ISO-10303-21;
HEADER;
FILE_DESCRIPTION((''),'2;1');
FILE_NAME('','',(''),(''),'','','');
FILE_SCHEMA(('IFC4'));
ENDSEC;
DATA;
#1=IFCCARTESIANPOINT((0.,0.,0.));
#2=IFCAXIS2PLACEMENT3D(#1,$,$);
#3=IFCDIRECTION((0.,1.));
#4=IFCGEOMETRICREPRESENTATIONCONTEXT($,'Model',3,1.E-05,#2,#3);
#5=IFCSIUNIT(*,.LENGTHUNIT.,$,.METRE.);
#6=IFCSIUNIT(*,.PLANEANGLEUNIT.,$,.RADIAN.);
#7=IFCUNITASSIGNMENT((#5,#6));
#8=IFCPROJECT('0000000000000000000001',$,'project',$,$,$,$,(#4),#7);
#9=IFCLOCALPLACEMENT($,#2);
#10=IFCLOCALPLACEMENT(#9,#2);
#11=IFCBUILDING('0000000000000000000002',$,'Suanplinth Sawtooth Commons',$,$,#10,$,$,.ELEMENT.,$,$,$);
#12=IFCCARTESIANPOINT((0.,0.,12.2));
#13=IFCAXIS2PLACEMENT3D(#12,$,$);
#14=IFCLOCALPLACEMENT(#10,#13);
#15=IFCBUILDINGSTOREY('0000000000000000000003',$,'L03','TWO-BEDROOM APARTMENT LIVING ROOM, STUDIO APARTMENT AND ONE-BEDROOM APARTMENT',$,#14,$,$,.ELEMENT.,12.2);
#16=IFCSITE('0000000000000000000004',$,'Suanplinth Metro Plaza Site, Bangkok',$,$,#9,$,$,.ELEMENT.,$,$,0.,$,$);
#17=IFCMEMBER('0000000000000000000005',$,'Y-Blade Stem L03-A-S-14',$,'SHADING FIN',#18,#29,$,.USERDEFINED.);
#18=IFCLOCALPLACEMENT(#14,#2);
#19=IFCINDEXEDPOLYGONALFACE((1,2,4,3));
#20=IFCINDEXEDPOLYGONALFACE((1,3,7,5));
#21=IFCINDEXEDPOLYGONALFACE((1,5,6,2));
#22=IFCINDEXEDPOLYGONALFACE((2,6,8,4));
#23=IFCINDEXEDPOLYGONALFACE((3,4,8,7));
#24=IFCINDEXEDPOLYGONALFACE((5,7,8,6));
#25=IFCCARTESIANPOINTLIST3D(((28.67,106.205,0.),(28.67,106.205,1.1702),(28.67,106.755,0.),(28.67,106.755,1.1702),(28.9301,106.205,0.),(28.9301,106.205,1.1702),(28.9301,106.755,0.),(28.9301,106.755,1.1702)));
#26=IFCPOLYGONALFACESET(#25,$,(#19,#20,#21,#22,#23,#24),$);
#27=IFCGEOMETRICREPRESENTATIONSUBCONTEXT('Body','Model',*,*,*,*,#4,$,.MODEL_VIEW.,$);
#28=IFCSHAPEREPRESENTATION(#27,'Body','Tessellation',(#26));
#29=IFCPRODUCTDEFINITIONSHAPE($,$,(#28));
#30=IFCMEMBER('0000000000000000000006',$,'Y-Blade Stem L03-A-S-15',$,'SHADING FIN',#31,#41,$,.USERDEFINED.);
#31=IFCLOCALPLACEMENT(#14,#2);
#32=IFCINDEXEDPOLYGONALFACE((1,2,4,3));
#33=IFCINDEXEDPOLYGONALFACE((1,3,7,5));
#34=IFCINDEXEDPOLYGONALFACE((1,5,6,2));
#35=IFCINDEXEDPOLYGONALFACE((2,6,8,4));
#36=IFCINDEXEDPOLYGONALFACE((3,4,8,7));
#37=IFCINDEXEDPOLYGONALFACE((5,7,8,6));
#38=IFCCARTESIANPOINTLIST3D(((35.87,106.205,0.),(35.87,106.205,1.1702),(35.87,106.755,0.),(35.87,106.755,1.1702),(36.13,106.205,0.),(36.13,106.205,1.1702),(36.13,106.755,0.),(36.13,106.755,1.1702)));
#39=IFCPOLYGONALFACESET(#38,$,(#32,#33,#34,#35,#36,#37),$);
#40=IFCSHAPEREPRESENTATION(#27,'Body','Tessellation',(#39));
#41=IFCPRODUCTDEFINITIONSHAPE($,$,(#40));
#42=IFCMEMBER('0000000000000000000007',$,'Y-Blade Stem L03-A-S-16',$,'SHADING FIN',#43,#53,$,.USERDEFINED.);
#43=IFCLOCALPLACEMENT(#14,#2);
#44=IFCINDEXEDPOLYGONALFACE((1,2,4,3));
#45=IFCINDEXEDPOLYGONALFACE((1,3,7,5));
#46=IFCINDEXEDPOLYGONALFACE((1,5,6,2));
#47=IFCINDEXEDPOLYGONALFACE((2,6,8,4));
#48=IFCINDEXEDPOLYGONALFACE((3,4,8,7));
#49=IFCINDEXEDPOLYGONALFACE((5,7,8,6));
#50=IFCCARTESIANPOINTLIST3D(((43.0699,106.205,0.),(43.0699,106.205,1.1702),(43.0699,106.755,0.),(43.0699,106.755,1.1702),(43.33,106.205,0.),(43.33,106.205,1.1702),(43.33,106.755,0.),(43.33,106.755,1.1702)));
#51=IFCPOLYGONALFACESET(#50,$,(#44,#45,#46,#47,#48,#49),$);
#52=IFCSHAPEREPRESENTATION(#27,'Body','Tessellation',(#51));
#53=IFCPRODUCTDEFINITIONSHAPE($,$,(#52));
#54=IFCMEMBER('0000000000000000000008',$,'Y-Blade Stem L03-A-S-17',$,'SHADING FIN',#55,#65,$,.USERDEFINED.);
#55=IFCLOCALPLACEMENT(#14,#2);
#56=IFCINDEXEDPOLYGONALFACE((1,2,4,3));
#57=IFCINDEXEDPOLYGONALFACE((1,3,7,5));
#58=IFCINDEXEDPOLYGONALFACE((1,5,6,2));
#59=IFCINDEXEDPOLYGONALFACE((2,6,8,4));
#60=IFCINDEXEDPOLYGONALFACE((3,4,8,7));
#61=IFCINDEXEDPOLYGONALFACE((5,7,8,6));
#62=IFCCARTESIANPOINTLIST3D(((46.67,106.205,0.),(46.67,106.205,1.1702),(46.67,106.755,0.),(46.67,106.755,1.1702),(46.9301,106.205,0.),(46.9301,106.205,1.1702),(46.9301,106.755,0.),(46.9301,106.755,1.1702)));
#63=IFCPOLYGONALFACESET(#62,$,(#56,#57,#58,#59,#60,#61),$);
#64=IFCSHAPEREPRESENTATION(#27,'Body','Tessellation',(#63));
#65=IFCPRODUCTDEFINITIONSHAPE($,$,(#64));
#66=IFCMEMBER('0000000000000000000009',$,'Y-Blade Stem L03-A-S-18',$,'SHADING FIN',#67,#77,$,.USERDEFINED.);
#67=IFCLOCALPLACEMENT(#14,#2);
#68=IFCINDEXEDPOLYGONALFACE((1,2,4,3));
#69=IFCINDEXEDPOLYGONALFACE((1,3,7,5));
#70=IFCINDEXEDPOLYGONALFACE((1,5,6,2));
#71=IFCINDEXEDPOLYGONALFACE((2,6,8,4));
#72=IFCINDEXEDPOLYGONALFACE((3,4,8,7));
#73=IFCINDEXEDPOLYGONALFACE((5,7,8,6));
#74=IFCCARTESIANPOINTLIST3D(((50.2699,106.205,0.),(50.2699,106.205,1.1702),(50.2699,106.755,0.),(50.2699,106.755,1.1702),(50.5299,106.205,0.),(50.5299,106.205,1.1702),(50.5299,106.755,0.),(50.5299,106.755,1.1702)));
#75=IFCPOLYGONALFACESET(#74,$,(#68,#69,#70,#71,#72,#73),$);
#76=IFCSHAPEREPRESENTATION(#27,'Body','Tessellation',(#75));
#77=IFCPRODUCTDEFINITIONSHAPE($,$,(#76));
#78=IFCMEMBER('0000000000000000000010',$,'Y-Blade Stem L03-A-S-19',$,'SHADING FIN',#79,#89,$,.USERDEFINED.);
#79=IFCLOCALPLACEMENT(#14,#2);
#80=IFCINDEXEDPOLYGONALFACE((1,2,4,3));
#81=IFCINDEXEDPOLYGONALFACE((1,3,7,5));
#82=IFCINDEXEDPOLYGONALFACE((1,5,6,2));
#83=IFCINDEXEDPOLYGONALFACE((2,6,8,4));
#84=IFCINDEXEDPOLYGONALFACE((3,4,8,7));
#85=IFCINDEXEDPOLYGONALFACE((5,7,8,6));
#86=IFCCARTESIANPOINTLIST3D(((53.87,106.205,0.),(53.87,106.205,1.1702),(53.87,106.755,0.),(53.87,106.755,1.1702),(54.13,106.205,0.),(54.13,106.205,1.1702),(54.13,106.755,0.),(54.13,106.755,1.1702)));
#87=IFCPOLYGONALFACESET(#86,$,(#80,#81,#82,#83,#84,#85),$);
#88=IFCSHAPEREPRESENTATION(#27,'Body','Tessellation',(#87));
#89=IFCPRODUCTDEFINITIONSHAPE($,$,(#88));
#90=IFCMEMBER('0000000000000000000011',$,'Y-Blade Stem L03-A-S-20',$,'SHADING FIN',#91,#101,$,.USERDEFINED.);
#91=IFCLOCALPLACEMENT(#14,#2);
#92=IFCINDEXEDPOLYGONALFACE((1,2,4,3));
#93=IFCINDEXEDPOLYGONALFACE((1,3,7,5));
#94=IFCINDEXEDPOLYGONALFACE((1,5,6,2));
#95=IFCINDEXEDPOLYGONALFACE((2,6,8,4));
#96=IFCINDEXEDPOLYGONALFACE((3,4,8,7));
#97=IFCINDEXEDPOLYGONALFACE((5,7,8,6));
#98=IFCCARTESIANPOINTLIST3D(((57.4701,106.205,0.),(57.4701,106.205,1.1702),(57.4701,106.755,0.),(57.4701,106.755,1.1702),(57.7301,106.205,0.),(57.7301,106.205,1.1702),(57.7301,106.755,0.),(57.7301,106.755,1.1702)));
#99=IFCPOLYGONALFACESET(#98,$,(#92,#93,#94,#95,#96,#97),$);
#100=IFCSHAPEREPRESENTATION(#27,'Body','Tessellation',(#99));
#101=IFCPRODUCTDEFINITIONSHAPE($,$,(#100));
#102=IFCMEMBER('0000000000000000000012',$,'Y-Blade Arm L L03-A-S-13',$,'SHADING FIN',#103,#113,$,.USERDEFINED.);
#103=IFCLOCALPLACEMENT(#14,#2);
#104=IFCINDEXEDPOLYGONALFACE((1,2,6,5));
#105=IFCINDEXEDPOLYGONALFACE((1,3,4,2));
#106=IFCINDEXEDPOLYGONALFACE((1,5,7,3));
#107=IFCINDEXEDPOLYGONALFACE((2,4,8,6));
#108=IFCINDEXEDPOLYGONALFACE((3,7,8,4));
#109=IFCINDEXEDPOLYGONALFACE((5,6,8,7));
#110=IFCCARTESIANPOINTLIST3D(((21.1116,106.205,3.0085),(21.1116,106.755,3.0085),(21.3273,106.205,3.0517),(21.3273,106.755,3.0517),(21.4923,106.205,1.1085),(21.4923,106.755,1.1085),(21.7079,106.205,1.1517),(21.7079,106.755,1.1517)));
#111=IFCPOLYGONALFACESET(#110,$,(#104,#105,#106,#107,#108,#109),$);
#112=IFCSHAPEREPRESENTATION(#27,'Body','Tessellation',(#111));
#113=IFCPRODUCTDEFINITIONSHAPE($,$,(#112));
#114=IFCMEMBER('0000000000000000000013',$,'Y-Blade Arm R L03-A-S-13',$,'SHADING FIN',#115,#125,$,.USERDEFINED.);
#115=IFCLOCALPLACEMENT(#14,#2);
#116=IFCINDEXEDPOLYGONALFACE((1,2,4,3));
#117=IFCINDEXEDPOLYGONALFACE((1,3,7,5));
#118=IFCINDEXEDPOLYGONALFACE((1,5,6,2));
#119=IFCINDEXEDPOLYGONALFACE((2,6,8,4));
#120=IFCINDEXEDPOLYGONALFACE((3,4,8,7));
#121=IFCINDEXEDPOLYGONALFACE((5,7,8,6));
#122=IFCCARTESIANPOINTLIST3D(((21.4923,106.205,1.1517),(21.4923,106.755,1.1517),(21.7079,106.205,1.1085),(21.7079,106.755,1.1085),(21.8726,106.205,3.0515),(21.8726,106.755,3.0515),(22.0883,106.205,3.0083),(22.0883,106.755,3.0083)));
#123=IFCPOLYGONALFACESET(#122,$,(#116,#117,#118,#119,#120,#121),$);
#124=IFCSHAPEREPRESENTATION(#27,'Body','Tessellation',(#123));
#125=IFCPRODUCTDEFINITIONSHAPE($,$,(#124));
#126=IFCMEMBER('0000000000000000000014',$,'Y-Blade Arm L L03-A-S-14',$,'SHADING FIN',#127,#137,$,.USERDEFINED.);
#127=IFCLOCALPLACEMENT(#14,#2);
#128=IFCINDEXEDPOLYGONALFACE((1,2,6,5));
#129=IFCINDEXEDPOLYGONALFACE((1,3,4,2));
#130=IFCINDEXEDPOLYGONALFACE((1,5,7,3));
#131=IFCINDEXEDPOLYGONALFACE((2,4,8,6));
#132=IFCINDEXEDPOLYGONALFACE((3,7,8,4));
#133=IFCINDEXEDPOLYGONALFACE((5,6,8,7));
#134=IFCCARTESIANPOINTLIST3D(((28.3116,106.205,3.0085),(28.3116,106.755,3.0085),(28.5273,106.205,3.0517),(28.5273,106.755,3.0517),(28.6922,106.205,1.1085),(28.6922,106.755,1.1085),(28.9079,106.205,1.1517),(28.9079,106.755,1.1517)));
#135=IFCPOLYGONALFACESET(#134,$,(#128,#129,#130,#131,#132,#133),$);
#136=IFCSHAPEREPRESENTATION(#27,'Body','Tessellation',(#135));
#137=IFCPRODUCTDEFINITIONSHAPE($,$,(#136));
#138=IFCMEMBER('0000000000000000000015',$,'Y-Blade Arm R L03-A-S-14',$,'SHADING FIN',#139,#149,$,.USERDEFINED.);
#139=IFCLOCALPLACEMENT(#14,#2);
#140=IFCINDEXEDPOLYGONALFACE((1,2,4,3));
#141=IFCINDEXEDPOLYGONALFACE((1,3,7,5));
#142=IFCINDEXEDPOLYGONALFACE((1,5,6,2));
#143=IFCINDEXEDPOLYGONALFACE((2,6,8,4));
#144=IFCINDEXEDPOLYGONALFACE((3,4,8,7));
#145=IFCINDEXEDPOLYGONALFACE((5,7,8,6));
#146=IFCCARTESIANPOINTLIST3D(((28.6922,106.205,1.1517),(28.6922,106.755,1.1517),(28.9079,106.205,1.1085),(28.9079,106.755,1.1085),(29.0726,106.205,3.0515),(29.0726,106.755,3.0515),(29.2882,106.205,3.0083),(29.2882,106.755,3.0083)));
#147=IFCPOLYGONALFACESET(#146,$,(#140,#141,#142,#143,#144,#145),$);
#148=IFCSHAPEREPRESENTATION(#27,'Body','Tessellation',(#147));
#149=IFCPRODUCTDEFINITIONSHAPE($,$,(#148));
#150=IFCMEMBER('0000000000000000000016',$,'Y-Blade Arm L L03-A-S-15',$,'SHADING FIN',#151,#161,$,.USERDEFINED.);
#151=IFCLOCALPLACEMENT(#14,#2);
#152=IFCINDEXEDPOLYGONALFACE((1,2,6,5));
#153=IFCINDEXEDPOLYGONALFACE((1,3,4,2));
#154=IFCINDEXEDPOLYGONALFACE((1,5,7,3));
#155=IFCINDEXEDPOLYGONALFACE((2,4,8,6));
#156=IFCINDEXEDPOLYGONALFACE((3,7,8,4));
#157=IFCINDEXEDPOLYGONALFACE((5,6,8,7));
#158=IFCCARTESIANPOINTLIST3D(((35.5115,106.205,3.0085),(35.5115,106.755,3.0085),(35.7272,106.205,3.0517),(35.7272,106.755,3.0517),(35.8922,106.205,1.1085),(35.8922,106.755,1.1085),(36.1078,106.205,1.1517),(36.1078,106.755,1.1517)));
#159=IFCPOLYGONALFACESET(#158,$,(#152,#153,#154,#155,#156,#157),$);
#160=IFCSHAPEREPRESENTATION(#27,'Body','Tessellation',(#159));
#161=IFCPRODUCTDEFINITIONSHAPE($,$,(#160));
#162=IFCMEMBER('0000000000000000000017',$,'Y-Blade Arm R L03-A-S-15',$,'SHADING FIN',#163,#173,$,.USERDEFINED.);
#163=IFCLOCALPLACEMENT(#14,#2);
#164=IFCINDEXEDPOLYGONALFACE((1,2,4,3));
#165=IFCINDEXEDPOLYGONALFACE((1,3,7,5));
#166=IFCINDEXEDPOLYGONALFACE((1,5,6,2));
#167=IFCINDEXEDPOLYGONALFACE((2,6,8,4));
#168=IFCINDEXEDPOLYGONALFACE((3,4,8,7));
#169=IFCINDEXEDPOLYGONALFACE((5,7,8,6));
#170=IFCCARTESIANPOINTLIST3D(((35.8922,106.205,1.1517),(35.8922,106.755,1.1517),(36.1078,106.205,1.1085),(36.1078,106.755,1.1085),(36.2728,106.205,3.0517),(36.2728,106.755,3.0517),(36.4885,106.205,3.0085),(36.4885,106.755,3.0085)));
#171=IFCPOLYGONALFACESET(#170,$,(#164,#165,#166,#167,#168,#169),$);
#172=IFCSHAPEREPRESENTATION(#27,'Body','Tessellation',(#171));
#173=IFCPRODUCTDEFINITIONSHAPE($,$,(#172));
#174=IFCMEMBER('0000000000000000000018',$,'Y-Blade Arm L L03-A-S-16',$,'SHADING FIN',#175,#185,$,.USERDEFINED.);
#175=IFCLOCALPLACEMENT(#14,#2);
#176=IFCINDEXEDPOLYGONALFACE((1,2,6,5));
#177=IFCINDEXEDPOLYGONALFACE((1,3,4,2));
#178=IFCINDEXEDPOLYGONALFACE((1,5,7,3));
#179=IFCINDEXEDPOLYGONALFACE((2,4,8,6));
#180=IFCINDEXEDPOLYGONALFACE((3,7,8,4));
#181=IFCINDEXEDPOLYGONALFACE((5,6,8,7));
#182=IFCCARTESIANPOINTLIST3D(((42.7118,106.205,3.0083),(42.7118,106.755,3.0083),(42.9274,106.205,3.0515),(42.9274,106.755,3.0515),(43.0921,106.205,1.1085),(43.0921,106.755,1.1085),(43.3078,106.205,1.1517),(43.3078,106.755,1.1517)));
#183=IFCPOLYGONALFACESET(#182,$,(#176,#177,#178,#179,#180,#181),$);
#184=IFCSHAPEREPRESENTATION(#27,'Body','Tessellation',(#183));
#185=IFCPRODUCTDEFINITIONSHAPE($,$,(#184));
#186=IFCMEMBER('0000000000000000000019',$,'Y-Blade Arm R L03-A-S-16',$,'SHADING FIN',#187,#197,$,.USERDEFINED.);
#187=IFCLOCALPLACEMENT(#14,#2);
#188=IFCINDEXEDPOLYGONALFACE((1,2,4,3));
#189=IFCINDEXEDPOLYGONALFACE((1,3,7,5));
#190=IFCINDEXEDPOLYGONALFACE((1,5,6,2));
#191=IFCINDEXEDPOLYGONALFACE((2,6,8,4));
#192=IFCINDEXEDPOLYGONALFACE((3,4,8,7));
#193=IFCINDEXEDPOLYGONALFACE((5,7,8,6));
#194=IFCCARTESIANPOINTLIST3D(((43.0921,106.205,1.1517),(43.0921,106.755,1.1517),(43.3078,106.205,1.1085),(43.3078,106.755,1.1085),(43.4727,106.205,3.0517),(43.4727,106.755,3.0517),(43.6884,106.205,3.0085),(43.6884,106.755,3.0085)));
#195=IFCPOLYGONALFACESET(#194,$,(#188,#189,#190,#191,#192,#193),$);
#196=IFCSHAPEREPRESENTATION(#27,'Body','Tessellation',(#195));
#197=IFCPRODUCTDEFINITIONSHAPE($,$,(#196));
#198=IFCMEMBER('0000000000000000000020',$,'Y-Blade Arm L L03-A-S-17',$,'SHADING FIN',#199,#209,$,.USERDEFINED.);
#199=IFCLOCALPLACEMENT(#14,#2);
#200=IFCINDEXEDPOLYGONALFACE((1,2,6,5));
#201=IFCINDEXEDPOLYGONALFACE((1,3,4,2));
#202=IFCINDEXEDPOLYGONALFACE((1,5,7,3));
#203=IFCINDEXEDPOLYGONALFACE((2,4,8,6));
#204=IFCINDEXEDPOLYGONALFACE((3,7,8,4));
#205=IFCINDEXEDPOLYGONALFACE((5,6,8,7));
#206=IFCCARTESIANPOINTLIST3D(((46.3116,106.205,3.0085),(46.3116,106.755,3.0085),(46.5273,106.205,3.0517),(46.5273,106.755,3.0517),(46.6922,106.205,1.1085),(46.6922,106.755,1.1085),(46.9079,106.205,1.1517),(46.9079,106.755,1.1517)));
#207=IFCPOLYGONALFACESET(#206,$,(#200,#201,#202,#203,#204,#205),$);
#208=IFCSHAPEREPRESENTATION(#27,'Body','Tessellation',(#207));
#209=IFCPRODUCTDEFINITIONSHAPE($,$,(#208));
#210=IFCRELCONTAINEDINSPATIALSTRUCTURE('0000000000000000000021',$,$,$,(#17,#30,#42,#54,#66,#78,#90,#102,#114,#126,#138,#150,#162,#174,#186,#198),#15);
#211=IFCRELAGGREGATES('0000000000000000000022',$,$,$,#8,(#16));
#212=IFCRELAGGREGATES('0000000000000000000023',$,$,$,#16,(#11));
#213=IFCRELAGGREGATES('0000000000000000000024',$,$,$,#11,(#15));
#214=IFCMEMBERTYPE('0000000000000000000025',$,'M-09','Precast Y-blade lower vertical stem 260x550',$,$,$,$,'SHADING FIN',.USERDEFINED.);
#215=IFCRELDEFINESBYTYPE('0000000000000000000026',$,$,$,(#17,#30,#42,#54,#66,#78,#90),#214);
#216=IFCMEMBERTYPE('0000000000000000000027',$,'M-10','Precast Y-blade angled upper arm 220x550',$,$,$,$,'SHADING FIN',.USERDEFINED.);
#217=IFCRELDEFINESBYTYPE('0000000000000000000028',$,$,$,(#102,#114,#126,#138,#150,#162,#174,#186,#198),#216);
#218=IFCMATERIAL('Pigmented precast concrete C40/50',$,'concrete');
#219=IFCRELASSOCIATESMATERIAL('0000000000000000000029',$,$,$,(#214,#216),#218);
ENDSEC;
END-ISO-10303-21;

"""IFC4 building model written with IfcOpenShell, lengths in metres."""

from ifc_helpers import new_model, si_unit, direction, frame, origin, origin_2d, place, context, subcontext, project, spatial, rectangle, extrude, material, material_profile, profile_set, type_object, element, save


model = new_model("IFC4")

# Units and contexts
model_context = context("Model", 3, precision=1e-05, world=origin(), true_north=direction((0.0, 1.0)))
body_context = subcontext(model_context, "Body", "Model", "MODEL_VIEW")
ifc_project = project(units=[si_unit("LENGTHUNIT", "METRE"), si_unit("PLANEANGLEUNIT", "RADIAN")], contexts=[model_context])

# Site, building, storey
site_placement = place(None, origin())
site = spatial("IfcSite", under=ifc_project, at=site_placement, Name="Suanplinth Metro Plaza Site, Bangkok", CompositionType="ELEMENT", RefElevation=0.0)
building_placement = place(site_placement, origin())
building = spatial("IfcBuilding", under=site, at=building_placement, Name="Suanplinth Sawtooth Commons", CompositionType="ELEMENT")
storey_placement = place(building_placement, frame((0.0, 0.0, 12.2)))
storey = spatial("IfcBuildingStorey", under=building, at=storey_placement, Name="L03", Description="TWO-BEDROOM APARTMENT LIVING ROOM, STUDIO APARTMENT AND ONE-BEDROOM APARTMENT", CompositionType="ELEMENT", Elevation=12.2)

# Members
ifc_material = material(Name="Pigmented precast concrete C40/50", Category="concrete")
ifc_material_profile_1 = material_profile(ifc_material, rectangle(XDim=0.26, YDim=0.55, at=origin_2d()), Name="PC-FIN 260x550")
ifc_profile_set_1 = profile_set([ifc_material_profile_1], Name="Pigmented precast concrete C40/50")
member_type_1 = type_object("IfcMemberType", Name="M-09", Description="Precast Y-blade lower vertical stem 260x550", ElementType="SHADING FIN", PredefinedType="USERDEFINED", material=ifc_profile_set_1)
for number, where, z_axis, x_axis, name in (
    (1, (28.8, 106.48, 0.0), (0.0, 0.0, 1.0), (1.0, 0.0, 0.0), "Y-Blade Stem L03-A-S-14"),
    (2, (36.0, 106.48, 0.0), (0.0, 0.0, 1.0), (1.0, 0.0, 0.0), "Y-Blade Stem L03-A-S-15"),
    (3, (43.2, 106.48, 0.0), (0.0, 0.0, 1.0), (1.0, 0.0, 0.0), "Y-Blade Stem L03-A-S-16"),
    (4, (46.8, 106.48, 0.0), (0.0, 0.0, 1.0), (1.0, 0.0, 0.0), "Y-Blade Stem L03-A-S-17"),
    (5, (50.3999, 106.48, 0.0), (0.0, 0.0, 1.0), (1.0, 0.0, 0.0), "Y-Blade Stem L03-A-S-18"),
    (6, (54.0, 106.48, 0.0), (0.0, 0.0, 1.0), (1.0, 0.0, 0.0), "Y-Blade Stem L03-A-S-19"),
    (7, (57.6001, 106.48, 0.0), (0.0, 0.0, 1.0), (1.0, 0.0, 0.0), "Y-Blade Stem L03-A-S-20"),
):
    element("IfcMember", number, at=place(storey_placement, frame(where, z_axis=z_axis, x_axis=x_axis)), inside=storey, type_object=member_type_1, Name=name, ObjectType="SHADING FIN", PredefinedType="USERDEFINED", context=body_context, shape_type="SweptSolid", body=[
        extrude(rectangle(XDim=0.26, YDim=0.55, at=origin_2d()), origin(), (0.0, 0.0, 1.0), 1.1702),
    ])
ifc_material_profile_2 = material_profile(ifc_material, rectangle(XDim=0.22, YDim=0.55, at=origin_2d()), Name="PC-FIN 220x550")
ifc_profile_set_2 = profile_set([ifc_material_profile_2], Name="Pigmented precast concrete C40/50")
member_type_2 = type_object("IfcMemberType", Name="M-10", Description="Precast Y-blade angled upper arm 220x550", ElementType="SHADING FIN", PredefinedType="USERDEFINED", material=ifc_profile_set_2)
member_1_placement = place(storey_placement, frame((21.6001, 106.48, 1.1301), z_axis=(-0.196431, 0.0, 0.980518), x_axis=(0.980518, 0.0, 0.196431)))
element("IfcMember", 8, at=member_1_placement, inside=storey, type_object=member_type_2, Name="Y-Blade Arm L L03-A-S-13", ObjectType="SHADING FIN", PredefinedType="USERDEFINED", context=body_context, shape_type="SweptSolid", body=[
    extrude(rectangle(XDim=0.22, YDim=0.55, at=origin_2d()), origin(), (0.0, 0.0, 1.0), 1.9377),
])
member_2_placement = place(storey_placement, frame((21.6001, 106.48, 1.1301), z_axis=(0.19631, 0.0, 0.980542), x_axis=(-0.980542, 0.0, 0.19631)))
element("IfcMember", 9, at=member_2_placement, inside=storey, type_object=member_type_2, Name="Y-Blade Arm R L03-A-S-13", ObjectType="SHADING FIN", PredefinedType="USERDEFINED", context=body_context, shape_type="SweptSolid", body=[
    extrude(rectangle(XDim=0.22, YDim=0.55, at=origin_2d()), origin(), (0.0, 0.0, 1.0), 1.9375),
])
member_3_placement = place(storey_placement, frame((28.8, 106.48, 1.1301), z_axis=(-0.196431, 0.0, 0.980518), x_axis=(0.980518, 0.0, 0.196431)))
element("IfcMember", 10, at=member_3_placement, inside=storey, type_object=member_type_2, Name="Y-Blade Arm L L03-A-S-14", ObjectType="SHADING FIN", PredefinedType="USERDEFINED", context=body_context, shape_type="SweptSolid", body=[
    extrude(rectangle(XDim=0.22, YDim=0.55, at=origin_2d()), origin(), (0.0, 0.0, 1.0), 1.9377),
])
member_4_placement = place(storey_placement, frame((28.8, 106.48, 1.1301), z_axis=(0.19631, 0.0, 0.980542), x_axis=(-0.980542, 0.0, 0.19631)))
element("IfcMember", 11, at=member_4_placement, inside=storey, type_object=member_type_2, Name="Y-Blade Arm R L03-A-S-14", ObjectType="SHADING FIN", PredefinedType="USERDEFINED", context=body_context, shape_type="SweptSolid", body=[
    extrude(rectangle(XDim=0.22, YDim=0.55, at=origin_2d()), origin(), (0.0, 0.0, 1.0), 1.9375),
])
for number, where, z_axis, x_axis, name in (
    (12, (36.0, 106.48, 1.1301), (-0.196431, 0.0, 0.980518), (0.980518, 0.0, 0.196431), "Y-Blade Arm L L03-A-S-15"),
    (13, (36.0, 106.48, 1.1301), (0.196431, 0.0, 0.980518), (-0.980518, 0.0, 0.196431), "Y-Blade Arm R L03-A-S-15"),
):
    element("IfcMember", number, at=place(storey_placement, frame(where, z_axis=z_axis, x_axis=x_axis)), inside=storey, type_object=member_type_2, Name=name, ObjectType="SHADING FIN", PredefinedType="USERDEFINED", context=body_context, shape_type="SweptSolid", body=[
        extrude(rectangle(XDim=0.22, YDim=0.55, at=origin_2d()), origin(), (0.0, 0.0, 1.0), 1.9377),
    ])
member_5_placement = place(storey_placement, frame((43.2, 106.48, 1.1301), z_axis=(-0.19631, 0.0, 0.980542), x_axis=(0.980542, 0.0, 0.19631)))
element("IfcMember", 14, at=member_5_placement, inside=storey, type_object=member_type_2, Name="Y-Blade Arm L L03-A-S-16", ObjectType="SHADING FIN", PredefinedType="USERDEFINED", context=body_context, shape_type="SweptSolid", body=[
    extrude(rectangle(XDim=0.22, YDim=0.55, at=origin_2d()), origin(), (0.0, 0.0, 1.0), 1.9375),
])
for number, where, z_axis, x_axis, name in (
    (15, (43.2, 106.48, 1.1301), (0.196431, 0.0, 0.980518), (-0.980518, 0.0, 0.196431), "Y-Blade Arm R L03-A-S-16"),
    (16, (46.8, 106.48, 1.1301), (-0.196431, 0.0, 0.980518), (0.980518, 0.0, 0.196431), "Y-Blade Arm L L03-A-S-17"),
):
    element("IfcMember", number, at=place(storey_placement, frame(where, z_axis=z_axis, x_axis=x_axis)), inside=storey, type_object=member_type_2, Name=name, ObjectType="SHADING FIN", PredefinedType="USERDEFINED", context=body_context, shape_type="SweptSolid", body=[
        extrude(rectangle(XDim=0.22, YDim=0.55, at=origin_2d()), origin(), (0.0, 0.0, 1.0), 1.9377),
    ])

save(model, "model.ifc")
